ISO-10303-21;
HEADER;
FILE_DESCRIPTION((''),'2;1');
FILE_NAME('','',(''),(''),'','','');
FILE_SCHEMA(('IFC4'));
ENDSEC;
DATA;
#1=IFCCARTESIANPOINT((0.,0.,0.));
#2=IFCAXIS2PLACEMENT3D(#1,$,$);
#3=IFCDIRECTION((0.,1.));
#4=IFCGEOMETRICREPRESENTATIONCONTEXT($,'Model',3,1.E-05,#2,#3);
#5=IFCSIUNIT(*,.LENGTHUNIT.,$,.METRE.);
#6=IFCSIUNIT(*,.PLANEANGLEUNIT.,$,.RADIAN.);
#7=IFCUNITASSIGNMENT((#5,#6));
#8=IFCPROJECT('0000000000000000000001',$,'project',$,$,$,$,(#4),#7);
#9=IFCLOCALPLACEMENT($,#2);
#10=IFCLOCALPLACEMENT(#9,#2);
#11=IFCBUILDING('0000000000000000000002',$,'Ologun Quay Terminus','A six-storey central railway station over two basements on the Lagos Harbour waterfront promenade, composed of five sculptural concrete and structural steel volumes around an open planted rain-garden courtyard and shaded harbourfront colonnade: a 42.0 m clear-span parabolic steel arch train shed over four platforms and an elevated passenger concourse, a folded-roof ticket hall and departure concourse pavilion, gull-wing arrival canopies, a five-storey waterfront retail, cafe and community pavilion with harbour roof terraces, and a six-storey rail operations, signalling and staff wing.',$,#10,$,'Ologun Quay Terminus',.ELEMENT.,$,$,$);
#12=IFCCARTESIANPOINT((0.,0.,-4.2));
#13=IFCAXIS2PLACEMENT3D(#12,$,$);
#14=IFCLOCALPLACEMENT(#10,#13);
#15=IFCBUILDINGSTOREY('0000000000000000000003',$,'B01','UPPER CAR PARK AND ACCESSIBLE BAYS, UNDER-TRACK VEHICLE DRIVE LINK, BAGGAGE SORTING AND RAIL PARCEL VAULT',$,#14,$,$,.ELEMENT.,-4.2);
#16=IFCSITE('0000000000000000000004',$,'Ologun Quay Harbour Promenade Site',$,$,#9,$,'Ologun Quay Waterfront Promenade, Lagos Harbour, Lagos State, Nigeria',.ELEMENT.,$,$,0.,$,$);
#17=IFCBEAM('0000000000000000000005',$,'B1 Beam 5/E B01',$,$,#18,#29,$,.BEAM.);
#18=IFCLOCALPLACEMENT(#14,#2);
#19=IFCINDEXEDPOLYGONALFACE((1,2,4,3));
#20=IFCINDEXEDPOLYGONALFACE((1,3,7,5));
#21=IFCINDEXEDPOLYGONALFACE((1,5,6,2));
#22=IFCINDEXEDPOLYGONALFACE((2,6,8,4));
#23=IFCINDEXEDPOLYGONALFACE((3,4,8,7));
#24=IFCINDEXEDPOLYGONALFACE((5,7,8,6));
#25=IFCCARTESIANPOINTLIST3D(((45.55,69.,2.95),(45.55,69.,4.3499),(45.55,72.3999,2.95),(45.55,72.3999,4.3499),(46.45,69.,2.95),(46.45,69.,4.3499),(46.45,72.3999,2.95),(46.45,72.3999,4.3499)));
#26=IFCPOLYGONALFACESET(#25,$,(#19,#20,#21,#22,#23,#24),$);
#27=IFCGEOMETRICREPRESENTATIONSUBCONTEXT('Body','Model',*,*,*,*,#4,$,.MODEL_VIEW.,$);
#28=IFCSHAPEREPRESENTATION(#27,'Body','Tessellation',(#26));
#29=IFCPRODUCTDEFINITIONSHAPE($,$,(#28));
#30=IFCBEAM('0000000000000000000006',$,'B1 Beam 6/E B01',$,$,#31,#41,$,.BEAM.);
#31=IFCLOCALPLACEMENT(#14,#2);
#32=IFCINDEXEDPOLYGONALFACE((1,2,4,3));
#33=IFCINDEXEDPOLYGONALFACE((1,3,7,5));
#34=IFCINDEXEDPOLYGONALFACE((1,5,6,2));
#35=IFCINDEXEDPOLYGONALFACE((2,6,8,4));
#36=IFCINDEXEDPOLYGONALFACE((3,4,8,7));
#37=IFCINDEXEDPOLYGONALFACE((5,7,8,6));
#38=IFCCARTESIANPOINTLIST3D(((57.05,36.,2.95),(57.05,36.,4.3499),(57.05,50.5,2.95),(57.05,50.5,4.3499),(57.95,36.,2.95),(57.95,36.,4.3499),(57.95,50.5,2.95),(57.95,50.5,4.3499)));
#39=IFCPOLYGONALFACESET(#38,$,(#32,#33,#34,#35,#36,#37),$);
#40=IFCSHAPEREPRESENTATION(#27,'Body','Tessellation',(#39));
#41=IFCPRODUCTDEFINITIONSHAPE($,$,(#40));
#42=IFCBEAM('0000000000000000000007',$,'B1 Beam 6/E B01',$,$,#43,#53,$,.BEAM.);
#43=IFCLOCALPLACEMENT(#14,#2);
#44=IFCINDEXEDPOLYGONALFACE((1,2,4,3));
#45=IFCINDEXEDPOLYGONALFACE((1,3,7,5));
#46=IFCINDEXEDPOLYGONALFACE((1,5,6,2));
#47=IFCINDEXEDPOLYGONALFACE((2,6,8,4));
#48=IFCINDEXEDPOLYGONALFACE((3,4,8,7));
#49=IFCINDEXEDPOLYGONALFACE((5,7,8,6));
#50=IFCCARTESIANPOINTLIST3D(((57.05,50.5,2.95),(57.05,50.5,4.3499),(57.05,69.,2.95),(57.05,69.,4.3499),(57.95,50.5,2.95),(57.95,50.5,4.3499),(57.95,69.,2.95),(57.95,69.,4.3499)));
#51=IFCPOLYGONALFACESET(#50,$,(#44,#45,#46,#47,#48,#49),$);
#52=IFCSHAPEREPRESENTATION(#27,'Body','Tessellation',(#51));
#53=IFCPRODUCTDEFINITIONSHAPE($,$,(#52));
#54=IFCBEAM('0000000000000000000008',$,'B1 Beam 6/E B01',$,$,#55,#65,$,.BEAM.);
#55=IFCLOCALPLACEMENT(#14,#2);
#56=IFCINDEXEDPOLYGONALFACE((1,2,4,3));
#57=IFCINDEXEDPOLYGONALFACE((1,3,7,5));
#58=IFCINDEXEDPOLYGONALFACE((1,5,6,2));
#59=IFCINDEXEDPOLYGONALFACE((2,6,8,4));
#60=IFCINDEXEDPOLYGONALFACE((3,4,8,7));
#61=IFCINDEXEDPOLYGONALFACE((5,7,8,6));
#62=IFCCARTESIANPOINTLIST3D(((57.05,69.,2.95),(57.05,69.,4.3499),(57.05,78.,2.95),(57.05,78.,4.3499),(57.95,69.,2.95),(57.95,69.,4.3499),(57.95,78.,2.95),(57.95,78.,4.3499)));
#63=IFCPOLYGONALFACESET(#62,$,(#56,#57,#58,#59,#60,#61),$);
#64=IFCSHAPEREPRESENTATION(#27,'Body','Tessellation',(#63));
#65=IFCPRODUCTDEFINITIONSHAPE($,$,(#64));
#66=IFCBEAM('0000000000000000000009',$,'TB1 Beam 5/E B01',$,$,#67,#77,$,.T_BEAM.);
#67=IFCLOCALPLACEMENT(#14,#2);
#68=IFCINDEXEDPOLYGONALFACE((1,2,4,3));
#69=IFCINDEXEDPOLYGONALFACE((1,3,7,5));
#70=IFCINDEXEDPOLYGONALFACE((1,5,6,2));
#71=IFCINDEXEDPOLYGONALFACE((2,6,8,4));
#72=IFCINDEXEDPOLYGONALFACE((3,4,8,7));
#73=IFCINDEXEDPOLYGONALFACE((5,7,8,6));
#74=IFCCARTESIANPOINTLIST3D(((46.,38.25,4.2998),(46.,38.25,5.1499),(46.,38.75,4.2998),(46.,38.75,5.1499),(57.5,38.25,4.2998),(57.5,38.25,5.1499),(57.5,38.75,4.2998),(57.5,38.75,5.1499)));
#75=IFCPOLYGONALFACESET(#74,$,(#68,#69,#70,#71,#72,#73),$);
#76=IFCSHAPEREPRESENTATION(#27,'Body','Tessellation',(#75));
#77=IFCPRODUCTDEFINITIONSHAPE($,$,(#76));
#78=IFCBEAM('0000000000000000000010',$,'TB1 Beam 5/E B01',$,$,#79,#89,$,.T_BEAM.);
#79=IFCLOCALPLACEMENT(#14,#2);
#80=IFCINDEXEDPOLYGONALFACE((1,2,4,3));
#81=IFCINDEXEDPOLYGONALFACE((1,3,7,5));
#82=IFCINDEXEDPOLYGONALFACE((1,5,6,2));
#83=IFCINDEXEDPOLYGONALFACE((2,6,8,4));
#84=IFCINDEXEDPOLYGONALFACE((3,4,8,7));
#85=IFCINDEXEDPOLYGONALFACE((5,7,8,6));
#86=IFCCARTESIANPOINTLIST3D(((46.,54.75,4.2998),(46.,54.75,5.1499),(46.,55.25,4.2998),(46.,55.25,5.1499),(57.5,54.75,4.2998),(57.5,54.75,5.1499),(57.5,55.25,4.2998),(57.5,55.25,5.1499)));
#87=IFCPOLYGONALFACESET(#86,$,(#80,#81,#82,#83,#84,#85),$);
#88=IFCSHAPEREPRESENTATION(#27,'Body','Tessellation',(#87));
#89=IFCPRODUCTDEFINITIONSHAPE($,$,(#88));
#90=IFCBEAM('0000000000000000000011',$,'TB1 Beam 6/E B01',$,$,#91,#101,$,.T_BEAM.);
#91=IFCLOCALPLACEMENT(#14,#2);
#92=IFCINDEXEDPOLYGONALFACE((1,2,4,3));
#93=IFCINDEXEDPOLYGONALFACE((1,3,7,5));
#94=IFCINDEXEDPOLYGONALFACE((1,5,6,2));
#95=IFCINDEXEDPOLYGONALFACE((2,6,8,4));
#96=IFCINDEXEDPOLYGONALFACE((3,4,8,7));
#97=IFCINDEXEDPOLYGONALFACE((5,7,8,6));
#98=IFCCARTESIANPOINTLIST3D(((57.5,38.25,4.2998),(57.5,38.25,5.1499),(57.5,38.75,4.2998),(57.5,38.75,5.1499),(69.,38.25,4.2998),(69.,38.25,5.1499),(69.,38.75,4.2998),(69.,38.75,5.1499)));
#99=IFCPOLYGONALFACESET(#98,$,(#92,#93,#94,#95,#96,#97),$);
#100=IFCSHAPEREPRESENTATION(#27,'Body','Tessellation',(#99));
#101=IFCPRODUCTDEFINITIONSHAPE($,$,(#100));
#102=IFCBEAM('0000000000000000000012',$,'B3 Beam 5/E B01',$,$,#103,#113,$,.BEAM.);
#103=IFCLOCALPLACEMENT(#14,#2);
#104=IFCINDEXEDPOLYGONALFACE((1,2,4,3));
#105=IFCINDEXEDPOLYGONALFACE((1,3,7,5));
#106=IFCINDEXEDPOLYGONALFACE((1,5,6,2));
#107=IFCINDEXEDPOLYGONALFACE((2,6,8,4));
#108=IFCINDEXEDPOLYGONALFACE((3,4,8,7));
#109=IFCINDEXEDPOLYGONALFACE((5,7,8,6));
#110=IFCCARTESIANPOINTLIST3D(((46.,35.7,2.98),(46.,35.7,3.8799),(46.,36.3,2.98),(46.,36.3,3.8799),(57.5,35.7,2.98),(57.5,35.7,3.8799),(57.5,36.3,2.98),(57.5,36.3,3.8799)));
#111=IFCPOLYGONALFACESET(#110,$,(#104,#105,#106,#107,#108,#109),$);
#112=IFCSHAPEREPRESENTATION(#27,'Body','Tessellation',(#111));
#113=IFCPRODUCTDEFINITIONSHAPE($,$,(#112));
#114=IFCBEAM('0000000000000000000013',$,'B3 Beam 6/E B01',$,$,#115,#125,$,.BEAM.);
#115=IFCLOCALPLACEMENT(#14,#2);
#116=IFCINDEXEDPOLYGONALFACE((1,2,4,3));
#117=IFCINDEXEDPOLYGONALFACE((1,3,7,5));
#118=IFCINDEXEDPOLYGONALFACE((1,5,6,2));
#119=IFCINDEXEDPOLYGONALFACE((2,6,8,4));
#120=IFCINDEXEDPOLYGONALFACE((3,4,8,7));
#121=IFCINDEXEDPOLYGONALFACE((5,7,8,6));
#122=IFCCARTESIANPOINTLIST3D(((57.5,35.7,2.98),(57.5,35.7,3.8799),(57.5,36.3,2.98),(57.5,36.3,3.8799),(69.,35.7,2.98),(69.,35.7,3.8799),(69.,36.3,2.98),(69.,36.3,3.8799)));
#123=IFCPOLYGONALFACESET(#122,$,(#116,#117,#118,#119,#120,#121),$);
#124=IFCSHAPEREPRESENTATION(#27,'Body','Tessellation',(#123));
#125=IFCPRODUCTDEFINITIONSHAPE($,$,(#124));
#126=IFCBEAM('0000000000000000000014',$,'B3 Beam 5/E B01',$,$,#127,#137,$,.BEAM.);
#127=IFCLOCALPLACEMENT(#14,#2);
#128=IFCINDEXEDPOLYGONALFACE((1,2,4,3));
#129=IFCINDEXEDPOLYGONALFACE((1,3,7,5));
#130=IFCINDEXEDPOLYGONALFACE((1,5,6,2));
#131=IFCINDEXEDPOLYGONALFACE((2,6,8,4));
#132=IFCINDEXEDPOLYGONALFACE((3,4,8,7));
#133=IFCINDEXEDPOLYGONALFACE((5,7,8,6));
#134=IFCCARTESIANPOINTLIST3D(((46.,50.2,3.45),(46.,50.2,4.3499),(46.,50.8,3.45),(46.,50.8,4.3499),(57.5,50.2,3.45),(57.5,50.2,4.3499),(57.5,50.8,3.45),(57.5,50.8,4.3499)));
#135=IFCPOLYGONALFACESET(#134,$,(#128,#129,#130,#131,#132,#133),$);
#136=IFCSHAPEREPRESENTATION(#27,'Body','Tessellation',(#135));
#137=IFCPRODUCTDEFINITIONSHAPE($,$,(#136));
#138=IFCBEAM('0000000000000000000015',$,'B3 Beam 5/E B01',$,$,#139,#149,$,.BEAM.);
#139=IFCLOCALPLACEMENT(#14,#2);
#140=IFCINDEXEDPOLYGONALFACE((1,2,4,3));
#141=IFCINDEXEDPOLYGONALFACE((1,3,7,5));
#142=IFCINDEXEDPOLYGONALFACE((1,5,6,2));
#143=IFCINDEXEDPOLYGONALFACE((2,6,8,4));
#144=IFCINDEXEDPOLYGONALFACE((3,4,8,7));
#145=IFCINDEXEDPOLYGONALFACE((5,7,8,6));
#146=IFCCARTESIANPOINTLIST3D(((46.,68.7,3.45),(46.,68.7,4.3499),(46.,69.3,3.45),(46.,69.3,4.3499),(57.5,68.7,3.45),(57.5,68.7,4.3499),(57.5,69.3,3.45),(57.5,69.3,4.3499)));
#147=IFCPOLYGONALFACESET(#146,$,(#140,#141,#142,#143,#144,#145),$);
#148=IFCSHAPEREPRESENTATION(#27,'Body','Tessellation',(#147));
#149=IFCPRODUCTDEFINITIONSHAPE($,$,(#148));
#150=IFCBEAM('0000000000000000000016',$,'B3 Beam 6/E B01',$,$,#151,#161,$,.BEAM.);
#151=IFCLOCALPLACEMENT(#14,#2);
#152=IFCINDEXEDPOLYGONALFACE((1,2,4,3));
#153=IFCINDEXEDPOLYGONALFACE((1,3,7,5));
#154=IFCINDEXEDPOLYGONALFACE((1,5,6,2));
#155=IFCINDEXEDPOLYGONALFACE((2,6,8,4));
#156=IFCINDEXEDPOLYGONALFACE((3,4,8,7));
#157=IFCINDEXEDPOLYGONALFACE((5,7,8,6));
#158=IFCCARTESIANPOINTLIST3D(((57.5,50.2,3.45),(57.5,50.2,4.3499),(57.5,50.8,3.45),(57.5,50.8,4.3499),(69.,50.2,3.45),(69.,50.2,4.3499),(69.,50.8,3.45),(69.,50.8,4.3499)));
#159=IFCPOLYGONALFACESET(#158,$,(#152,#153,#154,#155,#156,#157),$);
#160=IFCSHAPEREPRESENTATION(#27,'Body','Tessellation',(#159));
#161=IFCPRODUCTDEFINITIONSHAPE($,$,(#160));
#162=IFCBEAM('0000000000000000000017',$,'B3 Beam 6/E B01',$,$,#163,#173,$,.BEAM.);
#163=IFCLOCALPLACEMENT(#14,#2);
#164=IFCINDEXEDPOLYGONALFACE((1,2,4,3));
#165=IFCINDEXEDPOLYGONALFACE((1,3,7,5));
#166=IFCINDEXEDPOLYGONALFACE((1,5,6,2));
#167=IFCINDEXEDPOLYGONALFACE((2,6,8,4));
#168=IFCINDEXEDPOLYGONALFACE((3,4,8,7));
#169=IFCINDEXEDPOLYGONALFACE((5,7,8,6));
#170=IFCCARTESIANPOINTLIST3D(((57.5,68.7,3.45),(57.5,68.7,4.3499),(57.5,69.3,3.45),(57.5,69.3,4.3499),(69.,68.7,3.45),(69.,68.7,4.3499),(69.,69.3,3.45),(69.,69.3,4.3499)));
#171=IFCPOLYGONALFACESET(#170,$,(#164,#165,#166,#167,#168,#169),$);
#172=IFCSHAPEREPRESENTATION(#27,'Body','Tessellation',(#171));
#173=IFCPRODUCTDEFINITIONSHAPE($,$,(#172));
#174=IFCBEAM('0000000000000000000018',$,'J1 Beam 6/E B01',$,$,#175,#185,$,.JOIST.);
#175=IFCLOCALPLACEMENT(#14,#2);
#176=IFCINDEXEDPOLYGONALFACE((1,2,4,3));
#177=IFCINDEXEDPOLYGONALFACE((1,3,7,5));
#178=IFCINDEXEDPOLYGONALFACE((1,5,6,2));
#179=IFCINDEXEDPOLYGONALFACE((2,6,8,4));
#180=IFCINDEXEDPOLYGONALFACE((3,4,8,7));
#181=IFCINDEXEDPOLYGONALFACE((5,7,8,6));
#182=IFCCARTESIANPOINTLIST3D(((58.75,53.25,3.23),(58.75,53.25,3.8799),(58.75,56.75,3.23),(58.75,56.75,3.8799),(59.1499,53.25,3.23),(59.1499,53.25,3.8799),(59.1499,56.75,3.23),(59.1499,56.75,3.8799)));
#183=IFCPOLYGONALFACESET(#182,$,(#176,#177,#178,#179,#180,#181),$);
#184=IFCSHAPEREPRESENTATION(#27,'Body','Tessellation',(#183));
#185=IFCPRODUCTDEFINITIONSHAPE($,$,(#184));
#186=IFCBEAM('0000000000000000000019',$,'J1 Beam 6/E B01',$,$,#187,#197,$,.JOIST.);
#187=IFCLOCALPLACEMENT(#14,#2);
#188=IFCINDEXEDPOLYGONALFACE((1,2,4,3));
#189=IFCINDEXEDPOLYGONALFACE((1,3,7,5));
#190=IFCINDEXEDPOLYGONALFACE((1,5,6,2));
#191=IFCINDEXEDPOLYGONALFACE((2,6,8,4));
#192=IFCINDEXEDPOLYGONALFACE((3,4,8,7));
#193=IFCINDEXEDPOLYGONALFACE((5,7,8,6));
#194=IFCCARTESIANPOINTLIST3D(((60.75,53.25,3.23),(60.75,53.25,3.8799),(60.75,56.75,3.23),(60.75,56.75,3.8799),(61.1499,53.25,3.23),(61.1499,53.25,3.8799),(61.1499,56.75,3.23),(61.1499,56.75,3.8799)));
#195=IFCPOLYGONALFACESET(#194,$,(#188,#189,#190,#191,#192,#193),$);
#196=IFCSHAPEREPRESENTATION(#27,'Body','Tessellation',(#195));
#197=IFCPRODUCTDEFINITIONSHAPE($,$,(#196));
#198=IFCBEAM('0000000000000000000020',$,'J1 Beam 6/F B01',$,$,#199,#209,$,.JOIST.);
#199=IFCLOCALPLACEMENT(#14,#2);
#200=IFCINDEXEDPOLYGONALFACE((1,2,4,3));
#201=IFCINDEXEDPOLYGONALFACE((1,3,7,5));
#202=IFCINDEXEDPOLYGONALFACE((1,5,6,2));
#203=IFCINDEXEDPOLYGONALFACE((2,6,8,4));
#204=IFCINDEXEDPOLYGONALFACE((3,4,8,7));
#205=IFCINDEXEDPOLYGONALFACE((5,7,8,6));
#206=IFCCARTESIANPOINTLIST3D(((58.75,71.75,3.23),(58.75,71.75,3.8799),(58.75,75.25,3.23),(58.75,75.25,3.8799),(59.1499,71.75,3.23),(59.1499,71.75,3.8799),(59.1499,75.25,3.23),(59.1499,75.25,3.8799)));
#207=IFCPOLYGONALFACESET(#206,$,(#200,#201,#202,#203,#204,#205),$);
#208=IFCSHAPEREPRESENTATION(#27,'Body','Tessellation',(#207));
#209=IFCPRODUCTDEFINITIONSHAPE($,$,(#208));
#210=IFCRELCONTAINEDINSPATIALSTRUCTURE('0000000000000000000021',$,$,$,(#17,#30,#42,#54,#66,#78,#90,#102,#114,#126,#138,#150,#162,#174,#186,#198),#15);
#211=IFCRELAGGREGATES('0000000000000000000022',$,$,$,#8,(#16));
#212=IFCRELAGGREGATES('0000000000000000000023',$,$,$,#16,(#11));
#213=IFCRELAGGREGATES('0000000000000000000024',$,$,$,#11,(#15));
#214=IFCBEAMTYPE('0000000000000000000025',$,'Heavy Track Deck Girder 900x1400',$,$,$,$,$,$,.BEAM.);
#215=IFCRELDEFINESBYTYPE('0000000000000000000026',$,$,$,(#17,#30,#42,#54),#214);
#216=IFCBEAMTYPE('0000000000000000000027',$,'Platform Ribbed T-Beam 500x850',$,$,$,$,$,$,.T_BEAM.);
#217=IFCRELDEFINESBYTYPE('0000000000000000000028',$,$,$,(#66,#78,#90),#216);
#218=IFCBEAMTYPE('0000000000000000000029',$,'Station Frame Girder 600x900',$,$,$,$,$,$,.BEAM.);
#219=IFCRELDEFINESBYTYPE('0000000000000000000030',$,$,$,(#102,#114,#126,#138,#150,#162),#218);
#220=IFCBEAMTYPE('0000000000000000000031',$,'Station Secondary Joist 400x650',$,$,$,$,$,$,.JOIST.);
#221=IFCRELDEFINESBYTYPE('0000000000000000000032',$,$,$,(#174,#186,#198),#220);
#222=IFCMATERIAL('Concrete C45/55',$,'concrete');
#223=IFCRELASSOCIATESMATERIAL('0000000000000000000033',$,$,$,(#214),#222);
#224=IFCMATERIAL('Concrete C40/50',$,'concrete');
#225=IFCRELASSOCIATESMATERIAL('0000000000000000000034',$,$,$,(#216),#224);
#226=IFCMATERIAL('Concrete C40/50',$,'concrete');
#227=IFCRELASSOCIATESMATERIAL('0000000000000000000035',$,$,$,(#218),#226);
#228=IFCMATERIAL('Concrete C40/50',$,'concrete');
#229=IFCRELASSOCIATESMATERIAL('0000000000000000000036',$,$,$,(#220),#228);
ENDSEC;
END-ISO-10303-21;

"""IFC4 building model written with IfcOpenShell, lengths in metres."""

from ifc_helpers import new_model, si_unit, direction, frame, origin, origin_2d, place, context, subcontext, project, spatial, rectangle, extrude, material, material_profile, profile_set, type_object, element, save


model = new_model("IFC4")

# Units and contexts
model_context = context("Model", 3, precision=1e-05, world=origin(), true_north=direction((0.0, 1.0)))
body_context = subcontext(model_context, "Body", "Model", "MODEL_VIEW")
ifc_project = project(units=[si_unit("LENGTHUNIT", "METRE"), si_unit("PLANEANGLEUNIT", "RADIAN")], contexts=[model_context])

# Site, building, storey
site_placement = place(None, origin())
site = spatial("IfcSite", under=ifc_project, at=site_placement, Name="Ologun Quay Harbour Promenade Site", LongName="Ologun Quay Waterfront Promenade, Lagos Harbour, Lagos State, Nigeria", CompositionType="ELEMENT", RefElevation=0.0)
building_placement = place(site_placement, origin())
building = spatial("IfcBuilding", under=site, at=building_placement, Name="Ologun Quay Terminus", Description="A six-storey central railway station over two basements on the Lagos Harbour waterfront promenade, composed of five sculptural concrete and structural steel volumes around an open planted rain-garden courtyard and shaded harbourfront colonnade: a 42.0 m clear-span parabolic steel arch train shed over four platforms and an elevated passenger concourse, a folded-roof ticket hall and departure concourse pavilion, gull-wing arrival canopies, a five-storey waterfront retail, cafe and community pavilion with harbour roof terraces, and a six-storey rail operations, signalling and staff wing.", LongName="Ologun Quay Terminus", CompositionType="ELEMENT")
storey_placement = place(building_placement, frame((0.0, 0.0, -4.2)))
storey = spatial("IfcBuildingStorey", under=building, at=storey_placement, Name="B01", Description="UPPER CAR PARK AND ACCESSIBLE BAYS, UNDER-TRACK VEHICLE DRIVE LINK, BAGGAGE SORTING AND RAIL PARCEL VAULT", CompositionType="ELEMENT", Elevation=-4.2)

# Beams
ifc_material_1 = material(Name="Concrete C45/55", Category="concrete")
ifc_material_profile_1 = material_profile(ifc_material_1, rectangle(XDim=0.8999, YDim=1.3999, at=origin_2d()), Name="RC 900x1400")
ifc_profile_set_1 = profile_set([ifc_material_profile_1], Name="Concrete C45/55")
beam_type_1 = type_object("IfcBeamType", Name="Heavy Track Deck Girder 900x1400", PredefinedType="BEAM", material=ifc_profile_set_1)
beam_1_placement = place(storey_placement, frame((46.0, 69.0, 3.6499), z_axis=(0.0, 1.0, 0.0), x_axis=(-1.0, 0.0, 0.0)))
element("IfcBeam", 1, at=beam_1_placement, inside=storey, type_object=beam_type_1, Name="B1 Beam 5/E B01", PredefinedType="BEAM", context=body_context, shape_type="SweptSolid", body=[
    extrude(rectangle(XDim=0.8999, YDim=1.3999, at=origin_2d()), origin(), (0.0, 0.0, 1.0), 3.3999),
])
beam_2_placement = place(storey_placement, frame((57.5, 36.0, 3.6499), z_axis=(0.0, 1.0, 0.0), x_axis=(-1.0, 0.0, 0.0)))
element("IfcBeam", 2, at=beam_2_placement, inside=storey, type_object=beam_type_1, Name="B1 Beam 6/E B01", PredefinedType="BEAM", context=body_context, shape_type="SweptSolid", body=[
    extrude(rectangle(XDim=0.8999, YDim=1.3999, at=origin_2d()), origin(), (0.0, 0.0, 1.0), 14.5),
])
beam_3_placement = place(storey_placement, frame((57.5, 50.5, 3.6499), z_axis=(0.0, 1.0, 0.0), x_axis=(-1.0, 0.0, 0.0)))
element("IfcBeam", 3, at=beam_3_placement, inside=storey, type_object=beam_type_1, Name="B1 Beam 6/E B01", PredefinedType="BEAM", context=body_context, shape_type="SweptSolid", body=[
    extrude(rectangle(XDim=0.8999, YDim=1.3999, at=origin_2d()), origin(), (0.0, 0.0, 1.0), 18.5),
])
beam_4_placement = place(storey_placement, frame((57.5, 69.0, 3.6499), z_axis=(0.0, 1.0, 0.0), x_axis=(-1.0, 0.0, 0.0)))
element("IfcBeam", 4, at=beam_4_placement, inside=storey, type_object=beam_type_1, Name="B1 Beam 6/E B01", PredefinedType="BEAM", context=body_context, shape_type="SweptSolid", body=[
    extrude(rectangle(XDim=0.8999, YDim=1.3999, at=origin_2d()), origin(), (0.0, 0.0, 1.0), 9.0),
])
ifc_material_2 = material(Name="Concrete C40/50", Category="concrete")
ifc_material_profile_2 = material_profile(ifc_material_2, rectangle(XDim=0.5, YDim=0.8501, at=origin_2d()), Name="RC 500x850")
ifc_profile_set_2 = profile_set([ifc_material_profile_2], Name="Concrete C40/50")
beam_type_2 = type_object("IfcBeamType", Name="Platform Ribbed T-Beam 500x850", PredefinedType="T_BEAM", material=ifc_profile_set_2)
for number, where, z_axis, x_axis, name in (
    (5, (46.0, 38.5, 4.7249), (1.0, 0.0, 0.0), (0.0, 1.0, 0.0), "TB1 Beam 5/E B01"),
    (6, (46.0, 55.0, 4.7249), (1.0, 0.0, 0.0), (0.0, 1.0, 0.0), "TB1 Beam 5/E B01"),
    (7, (57.5, 38.5, 4.7249), (1.0, 0.0, 0.0), (0.0, 1.0, 0.0), "TB1 Beam 6/E B01"),
):
    element("IfcBeam", number, at=place(storey_placement, frame(where, z_axis=z_axis, x_axis=x_axis)), inside=storey, type_object=beam_type_2, Name=name, PredefinedType="T_BEAM", context=body_context, shape_type="SweptSolid", body=[
        extrude(rectangle(XDim=0.5, YDim=0.8501, at=origin_2d()), origin(), (0.0, 0.0, 1.0), 11.5),
    ])
ifc_material_3 = material(Name="Concrete C40/50", Category="concrete")
ifc_material_profile_3 = material_profile(ifc_material_3, rectangle(XDim=0.6001, YDim=0.8999, at=origin_2d()), Name="RC 600x900")
ifc_profile_set_3 = profile_set([ifc_material_profile_3], Name="Concrete C40/50")
beam_type_3 = type_object("IfcBeamType", Name="Station Frame Girder 600x900", PredefinedType="BEAM", material=ifc_profile_set_3)
for number, where, z_axis, x_axis, name in (
    (8, (46.0, 36.0, 3.4299), (1.0, 0.0, 0.0), (0.0, 1.0, 0.0), "B3 Beam 5/E B01"),
    (9, (57.5, 36.0, 3.4299), (1.0, 0.0, 0.0), (0.0, 1.0, 0.0), "B3 Beam 6/E B01"),
    (10, (46.0, 50.5, 3.8999), (1.0, 0.0, 0.0), (0.0, 1.0, 0.0), "B3 Beam 5/E B01"),
    (11, (46.0, 69.0, 3.8999), (1.0, 0.0, 0.0), (0.0, 1.0, 0.0), "B3 Beam 5/E B01"),
    (12, (57.5, 50.5, 3.8999), (1.0, 0.0, 0.0), (0.0, 1.0, 0.0), "B3 Beam 6/E B01"),
    (13, (57.5, 69.0, 3.8999), (1.0, 0.0, 0.0), (0.0, 1.0, 0.0), "B3 Beam 6/E B01"),
):
    element("IfcBeam", number, at=place(storey_placement, frame(where, z_axis=z_axis, x_axis=x_axis)), inside=storey, type_object=beam_type_3, Name=name, PredefinedType="BEAM", context=body_context, shape_type="SweptSolid", body=[
        extrude(rectangle(XDim=0.6001, YDim=0.8999, at=origin_2d()), origin(), (0.0, 0.0, 1.0), 11.5),
    ])
ifc_material_4 = material(Name="Concrete C40/50", Category="concrete")
ifc_material_profile_4 = material_profile(ifc_material_4, rectangle(XDim=0.3999, YDim=0.6499, at=origin_2d()), Name="RC 400x650")
ifc_profile_set_4 = profile_set([ifc_material_profile_4], Name="Concrete C40/50")
beam_type_4 = type_object("IfcBeamType", Name="Station Secondary Joist 400x650", PredefinedType="JOIST", material=ifc_profile_set_4)
for number, where, z_axis, x_axis, name in (
    (14, (58.95, 53.25, 3.5549), (0.0, 1.0, 0.0), (-1.0, 0.0, 0.0), "J1 Beam 6/E B01"),
    (15, (60.95, 53.25, 3.5549), (0.0, 1.0, 0.0), (-1.0, 0.0, 0.0), "J1 Beam 6/E B01"),
    (16, (58.95, 71.75, 3.5549), (0.0, 1.0, 0.0), (-1.0, 0.0, 0.0), "J1 Beam 6/F B01"),
):
    element("IfcBeam", number, at=place(storey_placement, frame(where, z_axis=z_axis, x_axis=x_axis)), inside=storey, type_object=beam_type_4, Name=name, PredefinedType="JOIST", context=body_context, shape_type="SweptSolid", body=[
        extrude(rectangle(XDim=0.3999, YDim=0.6499, at=origin_2d()), origin(), (0.0, 0.0, 1.0), 3.5),
    ])

save(model, "model.ifc")
